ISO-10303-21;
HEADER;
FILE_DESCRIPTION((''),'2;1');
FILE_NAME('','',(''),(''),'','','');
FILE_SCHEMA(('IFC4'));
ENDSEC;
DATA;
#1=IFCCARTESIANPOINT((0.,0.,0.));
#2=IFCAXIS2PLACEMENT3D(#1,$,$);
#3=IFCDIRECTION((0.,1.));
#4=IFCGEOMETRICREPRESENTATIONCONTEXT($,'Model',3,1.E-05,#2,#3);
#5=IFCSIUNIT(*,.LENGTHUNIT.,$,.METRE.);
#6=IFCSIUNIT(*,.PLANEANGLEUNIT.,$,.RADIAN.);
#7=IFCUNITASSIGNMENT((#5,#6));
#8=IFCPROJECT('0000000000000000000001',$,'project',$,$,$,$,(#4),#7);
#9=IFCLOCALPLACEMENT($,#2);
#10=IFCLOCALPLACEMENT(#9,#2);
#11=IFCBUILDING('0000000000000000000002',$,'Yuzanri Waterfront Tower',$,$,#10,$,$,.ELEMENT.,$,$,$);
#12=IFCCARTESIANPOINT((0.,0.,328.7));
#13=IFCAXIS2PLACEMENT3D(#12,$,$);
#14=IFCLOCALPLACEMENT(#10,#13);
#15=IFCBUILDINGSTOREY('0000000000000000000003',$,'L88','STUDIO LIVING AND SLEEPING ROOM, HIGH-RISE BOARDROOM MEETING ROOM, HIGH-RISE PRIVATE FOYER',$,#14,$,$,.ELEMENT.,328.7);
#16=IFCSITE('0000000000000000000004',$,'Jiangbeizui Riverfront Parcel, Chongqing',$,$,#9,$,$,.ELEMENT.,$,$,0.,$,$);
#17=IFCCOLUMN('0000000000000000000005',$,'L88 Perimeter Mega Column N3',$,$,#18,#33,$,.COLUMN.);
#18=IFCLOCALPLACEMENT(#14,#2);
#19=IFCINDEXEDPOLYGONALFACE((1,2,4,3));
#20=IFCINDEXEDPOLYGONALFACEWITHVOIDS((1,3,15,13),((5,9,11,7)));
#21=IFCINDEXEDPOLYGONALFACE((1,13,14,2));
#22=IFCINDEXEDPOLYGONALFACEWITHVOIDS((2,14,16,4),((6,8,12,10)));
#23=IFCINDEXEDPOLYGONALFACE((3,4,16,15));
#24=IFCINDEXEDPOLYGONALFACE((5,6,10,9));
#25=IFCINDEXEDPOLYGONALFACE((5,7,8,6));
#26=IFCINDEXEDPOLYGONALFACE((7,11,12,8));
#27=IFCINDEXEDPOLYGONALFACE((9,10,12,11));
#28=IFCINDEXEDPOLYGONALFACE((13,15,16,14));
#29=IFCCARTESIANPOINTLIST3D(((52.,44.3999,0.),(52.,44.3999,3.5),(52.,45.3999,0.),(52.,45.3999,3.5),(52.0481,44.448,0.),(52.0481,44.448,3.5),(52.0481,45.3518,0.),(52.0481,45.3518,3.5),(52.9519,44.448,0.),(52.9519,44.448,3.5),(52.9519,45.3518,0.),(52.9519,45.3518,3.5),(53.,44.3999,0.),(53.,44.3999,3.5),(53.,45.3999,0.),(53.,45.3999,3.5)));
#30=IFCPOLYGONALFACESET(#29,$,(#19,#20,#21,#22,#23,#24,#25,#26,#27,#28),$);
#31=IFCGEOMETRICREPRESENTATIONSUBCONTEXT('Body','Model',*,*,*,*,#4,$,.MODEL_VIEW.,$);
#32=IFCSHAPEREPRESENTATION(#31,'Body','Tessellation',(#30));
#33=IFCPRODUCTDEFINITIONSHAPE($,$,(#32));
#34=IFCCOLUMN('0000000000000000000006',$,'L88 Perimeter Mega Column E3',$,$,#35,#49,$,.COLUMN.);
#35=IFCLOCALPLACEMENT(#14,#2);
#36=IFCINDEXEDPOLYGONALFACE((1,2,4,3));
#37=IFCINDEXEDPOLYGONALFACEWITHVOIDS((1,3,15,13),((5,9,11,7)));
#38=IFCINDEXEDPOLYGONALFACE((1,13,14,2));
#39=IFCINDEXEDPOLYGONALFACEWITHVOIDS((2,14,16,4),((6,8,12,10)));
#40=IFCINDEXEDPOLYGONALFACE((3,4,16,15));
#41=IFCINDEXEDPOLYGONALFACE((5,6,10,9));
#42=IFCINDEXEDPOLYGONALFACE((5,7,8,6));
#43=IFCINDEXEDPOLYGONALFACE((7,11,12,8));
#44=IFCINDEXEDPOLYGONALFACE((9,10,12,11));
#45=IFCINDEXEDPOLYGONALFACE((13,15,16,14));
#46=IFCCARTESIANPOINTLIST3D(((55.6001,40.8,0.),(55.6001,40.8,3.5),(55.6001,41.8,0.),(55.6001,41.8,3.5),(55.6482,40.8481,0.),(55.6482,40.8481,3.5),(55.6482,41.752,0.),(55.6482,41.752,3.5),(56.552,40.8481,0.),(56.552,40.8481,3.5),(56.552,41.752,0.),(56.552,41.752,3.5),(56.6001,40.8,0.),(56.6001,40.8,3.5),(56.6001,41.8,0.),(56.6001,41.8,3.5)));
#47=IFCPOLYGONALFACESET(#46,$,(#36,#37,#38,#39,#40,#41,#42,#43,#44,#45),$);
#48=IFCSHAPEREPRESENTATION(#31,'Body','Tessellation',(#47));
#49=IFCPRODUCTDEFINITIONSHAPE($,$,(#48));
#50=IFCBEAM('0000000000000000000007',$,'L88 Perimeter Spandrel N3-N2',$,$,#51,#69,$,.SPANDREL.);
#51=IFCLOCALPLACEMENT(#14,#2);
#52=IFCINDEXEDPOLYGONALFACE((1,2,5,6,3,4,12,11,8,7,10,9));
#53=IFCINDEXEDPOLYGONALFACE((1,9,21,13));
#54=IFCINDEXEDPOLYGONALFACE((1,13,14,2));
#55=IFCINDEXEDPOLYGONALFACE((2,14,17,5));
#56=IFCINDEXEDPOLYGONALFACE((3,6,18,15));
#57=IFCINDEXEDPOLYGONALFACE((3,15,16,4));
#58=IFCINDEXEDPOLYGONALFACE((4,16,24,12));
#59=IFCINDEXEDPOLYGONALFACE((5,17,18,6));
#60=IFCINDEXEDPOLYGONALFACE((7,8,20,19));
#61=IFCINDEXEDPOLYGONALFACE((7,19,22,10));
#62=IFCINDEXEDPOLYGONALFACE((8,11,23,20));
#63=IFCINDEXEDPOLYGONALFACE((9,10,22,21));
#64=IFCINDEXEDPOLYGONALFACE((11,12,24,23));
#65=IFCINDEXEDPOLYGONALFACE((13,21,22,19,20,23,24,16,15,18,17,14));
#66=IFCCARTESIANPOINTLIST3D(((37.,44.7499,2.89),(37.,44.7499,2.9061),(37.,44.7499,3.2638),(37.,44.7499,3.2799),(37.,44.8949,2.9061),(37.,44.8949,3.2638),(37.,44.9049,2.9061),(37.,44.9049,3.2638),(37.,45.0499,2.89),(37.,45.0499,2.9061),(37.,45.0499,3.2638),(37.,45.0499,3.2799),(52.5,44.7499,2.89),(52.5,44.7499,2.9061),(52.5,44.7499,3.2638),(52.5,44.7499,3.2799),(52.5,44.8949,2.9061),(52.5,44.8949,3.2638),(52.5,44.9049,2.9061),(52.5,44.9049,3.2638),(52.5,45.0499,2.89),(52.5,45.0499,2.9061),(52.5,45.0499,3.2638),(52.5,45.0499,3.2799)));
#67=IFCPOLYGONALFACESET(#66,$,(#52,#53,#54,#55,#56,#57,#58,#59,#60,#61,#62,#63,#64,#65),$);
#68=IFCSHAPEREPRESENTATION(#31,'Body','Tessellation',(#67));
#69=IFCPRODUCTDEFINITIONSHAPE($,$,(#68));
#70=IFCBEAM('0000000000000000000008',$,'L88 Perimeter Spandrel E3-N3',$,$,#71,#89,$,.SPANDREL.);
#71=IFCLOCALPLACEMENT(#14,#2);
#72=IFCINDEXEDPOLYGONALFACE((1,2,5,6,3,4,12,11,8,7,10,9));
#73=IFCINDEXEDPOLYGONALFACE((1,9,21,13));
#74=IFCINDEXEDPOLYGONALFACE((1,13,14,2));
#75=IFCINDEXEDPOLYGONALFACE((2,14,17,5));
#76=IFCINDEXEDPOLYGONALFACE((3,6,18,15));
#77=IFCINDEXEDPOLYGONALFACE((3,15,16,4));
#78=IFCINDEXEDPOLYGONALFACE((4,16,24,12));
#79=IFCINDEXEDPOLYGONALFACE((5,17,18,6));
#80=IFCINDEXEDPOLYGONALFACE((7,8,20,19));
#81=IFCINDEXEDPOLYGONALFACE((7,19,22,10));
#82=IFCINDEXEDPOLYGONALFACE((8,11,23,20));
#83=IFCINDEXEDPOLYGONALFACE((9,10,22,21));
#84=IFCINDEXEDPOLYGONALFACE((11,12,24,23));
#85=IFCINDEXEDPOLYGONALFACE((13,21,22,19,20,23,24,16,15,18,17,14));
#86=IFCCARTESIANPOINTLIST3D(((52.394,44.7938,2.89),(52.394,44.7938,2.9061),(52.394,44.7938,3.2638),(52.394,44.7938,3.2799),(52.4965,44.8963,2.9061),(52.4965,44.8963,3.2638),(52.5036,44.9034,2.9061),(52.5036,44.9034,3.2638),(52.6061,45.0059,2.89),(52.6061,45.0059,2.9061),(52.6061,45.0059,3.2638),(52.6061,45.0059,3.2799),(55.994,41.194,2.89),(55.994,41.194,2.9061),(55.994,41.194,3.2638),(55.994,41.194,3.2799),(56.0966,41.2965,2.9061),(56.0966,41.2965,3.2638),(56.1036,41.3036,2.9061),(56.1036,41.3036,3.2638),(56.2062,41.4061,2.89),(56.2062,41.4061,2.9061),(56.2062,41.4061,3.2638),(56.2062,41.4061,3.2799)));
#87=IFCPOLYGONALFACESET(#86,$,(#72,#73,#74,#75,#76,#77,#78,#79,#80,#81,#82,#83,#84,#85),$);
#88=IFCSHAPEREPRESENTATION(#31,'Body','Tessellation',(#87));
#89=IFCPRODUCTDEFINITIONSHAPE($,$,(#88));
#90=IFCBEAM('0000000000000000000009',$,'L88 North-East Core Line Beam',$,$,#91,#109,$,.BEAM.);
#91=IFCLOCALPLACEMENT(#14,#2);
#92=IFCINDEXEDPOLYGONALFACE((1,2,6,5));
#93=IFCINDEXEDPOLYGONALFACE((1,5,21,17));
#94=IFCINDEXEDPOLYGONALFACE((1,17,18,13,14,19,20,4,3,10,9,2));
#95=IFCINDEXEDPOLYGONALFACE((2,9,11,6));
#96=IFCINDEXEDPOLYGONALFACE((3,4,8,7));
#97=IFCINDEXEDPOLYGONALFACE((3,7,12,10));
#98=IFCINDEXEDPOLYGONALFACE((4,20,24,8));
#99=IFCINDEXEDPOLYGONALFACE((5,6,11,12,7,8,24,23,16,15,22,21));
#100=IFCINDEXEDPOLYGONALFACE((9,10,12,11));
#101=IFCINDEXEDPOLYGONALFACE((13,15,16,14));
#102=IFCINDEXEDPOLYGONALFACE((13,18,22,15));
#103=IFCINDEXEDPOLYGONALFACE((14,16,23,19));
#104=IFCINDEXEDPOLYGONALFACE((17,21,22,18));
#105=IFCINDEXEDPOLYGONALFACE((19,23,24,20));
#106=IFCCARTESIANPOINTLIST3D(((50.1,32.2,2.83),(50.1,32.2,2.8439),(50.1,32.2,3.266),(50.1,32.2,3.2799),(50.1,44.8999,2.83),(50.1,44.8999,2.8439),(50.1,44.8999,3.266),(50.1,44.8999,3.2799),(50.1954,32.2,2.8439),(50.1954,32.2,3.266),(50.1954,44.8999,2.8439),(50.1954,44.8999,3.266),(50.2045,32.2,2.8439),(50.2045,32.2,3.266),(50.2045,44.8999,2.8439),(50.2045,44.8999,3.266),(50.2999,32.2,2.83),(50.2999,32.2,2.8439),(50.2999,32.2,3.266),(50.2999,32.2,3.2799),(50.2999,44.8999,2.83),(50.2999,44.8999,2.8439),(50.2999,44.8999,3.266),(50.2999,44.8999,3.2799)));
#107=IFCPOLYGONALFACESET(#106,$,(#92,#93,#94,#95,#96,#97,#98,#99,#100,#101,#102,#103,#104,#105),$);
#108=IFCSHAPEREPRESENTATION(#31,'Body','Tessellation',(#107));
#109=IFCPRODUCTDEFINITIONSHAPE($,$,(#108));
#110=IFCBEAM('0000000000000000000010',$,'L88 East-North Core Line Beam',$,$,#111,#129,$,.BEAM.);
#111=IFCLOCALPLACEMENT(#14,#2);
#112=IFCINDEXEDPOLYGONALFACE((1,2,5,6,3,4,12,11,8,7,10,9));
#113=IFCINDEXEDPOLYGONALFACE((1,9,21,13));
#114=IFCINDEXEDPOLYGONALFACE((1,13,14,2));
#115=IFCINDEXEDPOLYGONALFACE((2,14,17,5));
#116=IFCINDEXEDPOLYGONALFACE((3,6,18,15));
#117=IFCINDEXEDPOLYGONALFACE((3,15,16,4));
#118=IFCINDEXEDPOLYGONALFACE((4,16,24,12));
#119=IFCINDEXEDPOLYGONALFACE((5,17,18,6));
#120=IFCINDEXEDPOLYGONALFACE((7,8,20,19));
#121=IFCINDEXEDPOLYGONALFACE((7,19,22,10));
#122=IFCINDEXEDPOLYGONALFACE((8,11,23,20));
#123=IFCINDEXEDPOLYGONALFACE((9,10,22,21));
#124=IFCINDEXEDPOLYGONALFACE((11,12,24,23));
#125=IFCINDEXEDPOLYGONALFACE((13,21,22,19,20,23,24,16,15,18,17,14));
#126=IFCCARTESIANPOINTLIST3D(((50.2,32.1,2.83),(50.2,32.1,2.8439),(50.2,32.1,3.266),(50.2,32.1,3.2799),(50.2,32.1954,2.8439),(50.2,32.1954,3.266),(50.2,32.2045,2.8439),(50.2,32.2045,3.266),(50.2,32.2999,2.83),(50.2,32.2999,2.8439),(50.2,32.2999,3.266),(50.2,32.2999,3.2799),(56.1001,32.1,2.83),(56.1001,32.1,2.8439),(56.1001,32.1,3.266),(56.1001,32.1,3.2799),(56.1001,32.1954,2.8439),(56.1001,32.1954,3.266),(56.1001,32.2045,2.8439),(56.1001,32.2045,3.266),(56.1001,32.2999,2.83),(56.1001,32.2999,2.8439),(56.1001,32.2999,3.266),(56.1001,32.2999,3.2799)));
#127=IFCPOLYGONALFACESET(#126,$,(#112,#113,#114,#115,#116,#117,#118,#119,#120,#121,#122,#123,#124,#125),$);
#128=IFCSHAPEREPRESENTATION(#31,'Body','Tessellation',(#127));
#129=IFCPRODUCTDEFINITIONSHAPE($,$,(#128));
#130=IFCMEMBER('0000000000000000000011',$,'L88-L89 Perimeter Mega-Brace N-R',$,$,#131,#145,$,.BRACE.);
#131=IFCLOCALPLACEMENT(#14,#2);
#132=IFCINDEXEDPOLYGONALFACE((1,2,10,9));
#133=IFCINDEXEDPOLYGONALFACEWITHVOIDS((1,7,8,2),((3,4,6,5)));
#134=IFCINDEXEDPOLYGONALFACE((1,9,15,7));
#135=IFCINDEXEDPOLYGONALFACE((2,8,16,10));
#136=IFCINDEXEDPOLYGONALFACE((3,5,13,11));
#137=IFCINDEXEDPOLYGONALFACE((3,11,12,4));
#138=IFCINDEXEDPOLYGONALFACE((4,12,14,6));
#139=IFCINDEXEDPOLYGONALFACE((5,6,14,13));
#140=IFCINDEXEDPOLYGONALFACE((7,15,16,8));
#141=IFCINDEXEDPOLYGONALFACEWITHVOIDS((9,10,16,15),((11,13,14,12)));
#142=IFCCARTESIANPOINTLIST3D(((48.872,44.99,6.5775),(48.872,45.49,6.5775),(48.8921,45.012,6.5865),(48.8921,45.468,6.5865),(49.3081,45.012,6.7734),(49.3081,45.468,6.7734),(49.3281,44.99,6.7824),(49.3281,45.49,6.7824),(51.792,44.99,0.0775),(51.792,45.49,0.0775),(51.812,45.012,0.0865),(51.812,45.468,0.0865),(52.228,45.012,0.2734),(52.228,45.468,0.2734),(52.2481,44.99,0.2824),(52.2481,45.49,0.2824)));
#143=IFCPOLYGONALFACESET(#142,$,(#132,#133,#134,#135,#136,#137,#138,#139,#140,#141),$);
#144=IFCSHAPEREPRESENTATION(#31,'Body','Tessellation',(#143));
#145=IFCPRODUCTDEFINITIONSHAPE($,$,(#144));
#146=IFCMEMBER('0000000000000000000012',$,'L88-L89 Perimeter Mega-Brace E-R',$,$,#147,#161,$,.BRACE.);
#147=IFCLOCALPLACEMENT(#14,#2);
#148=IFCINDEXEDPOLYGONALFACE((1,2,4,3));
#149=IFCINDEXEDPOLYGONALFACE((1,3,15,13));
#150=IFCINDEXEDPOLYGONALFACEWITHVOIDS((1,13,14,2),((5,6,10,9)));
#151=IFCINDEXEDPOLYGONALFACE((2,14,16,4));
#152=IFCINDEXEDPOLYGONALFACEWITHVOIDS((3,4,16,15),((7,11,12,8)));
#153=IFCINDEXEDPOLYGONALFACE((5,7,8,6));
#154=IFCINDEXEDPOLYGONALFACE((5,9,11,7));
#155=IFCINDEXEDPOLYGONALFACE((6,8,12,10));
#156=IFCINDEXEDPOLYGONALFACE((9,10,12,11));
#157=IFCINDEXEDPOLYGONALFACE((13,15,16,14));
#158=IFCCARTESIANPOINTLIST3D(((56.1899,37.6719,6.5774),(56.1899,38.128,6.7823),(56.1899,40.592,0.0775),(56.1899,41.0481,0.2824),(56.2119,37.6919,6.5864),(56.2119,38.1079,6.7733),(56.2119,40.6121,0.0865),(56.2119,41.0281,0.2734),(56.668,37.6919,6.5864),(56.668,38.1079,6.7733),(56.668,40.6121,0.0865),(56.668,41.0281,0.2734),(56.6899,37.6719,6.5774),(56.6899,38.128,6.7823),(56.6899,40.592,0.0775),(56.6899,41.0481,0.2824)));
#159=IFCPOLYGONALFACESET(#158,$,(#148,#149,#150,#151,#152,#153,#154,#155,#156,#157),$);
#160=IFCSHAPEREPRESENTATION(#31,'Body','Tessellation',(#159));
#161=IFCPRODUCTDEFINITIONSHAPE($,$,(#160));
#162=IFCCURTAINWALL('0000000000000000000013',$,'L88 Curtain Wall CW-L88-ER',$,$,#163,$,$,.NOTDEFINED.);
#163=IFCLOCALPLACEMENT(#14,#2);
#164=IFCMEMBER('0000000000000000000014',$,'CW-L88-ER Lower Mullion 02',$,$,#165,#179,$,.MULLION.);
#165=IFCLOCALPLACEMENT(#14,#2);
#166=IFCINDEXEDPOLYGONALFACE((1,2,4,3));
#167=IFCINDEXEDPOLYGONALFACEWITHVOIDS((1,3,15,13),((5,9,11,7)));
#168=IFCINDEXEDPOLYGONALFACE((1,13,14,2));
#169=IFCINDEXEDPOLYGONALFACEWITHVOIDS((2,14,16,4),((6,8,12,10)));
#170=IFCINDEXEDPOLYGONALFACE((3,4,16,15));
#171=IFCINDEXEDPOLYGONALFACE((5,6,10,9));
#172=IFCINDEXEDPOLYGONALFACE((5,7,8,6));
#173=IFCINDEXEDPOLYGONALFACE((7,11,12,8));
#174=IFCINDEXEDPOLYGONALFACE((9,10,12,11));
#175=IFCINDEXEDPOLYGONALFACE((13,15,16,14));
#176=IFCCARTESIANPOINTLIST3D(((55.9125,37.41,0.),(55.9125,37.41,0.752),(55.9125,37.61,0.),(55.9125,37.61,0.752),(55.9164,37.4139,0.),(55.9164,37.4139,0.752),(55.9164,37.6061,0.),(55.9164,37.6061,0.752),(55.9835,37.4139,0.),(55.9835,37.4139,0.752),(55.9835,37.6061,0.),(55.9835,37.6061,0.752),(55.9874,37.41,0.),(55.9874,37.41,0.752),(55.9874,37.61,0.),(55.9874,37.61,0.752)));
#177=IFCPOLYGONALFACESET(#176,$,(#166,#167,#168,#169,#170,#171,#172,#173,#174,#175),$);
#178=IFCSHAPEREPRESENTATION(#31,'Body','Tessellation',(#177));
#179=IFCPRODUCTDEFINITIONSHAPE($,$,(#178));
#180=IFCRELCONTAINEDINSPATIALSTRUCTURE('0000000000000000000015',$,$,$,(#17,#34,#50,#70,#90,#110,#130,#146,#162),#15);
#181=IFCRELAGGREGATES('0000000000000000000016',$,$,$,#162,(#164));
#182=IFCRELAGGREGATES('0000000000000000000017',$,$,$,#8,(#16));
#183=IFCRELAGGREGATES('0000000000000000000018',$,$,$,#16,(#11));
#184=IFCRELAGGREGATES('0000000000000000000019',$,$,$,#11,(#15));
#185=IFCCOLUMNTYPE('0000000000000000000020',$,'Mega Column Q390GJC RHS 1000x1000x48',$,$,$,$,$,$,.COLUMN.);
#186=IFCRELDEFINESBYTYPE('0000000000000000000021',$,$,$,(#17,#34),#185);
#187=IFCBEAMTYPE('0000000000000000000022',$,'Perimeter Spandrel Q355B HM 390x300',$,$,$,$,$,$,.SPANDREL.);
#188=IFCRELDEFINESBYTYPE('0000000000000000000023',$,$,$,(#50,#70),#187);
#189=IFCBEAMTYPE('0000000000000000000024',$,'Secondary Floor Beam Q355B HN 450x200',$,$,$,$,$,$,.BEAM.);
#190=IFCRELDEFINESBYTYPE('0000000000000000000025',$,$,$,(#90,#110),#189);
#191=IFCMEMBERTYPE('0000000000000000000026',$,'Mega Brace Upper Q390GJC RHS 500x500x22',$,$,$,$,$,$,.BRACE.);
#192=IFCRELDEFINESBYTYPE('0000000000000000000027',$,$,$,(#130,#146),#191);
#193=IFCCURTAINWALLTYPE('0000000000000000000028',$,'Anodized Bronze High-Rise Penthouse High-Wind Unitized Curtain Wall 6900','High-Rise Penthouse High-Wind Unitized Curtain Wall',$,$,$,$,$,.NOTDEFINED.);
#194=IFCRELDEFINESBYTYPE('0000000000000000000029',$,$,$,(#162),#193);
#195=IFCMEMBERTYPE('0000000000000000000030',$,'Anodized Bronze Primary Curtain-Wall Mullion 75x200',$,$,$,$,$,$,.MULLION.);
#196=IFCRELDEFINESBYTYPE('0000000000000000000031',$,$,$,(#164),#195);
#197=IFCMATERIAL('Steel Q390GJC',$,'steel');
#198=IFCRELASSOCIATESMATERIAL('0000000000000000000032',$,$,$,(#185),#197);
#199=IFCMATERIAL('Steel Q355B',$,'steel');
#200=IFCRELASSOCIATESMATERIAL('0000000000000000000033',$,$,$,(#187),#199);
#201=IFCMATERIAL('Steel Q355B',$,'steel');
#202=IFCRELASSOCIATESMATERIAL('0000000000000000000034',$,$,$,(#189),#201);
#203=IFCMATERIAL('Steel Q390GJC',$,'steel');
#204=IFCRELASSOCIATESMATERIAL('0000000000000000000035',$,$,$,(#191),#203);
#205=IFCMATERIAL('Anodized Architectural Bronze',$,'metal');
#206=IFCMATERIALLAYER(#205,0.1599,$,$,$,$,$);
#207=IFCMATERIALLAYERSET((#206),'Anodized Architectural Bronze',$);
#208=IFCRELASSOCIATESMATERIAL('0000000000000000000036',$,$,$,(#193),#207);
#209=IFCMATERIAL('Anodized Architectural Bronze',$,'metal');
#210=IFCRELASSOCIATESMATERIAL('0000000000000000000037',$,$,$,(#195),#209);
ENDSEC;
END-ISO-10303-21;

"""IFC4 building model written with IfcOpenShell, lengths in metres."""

from ifc_helpers import new_model, si_unit, direction, frame, origin, origin_2d, place, context, subcontext, project, spatial, hollow_rectangle, i_section, extrude, source, transform, mapped, material, layer, layer_set, material_profile, profile_set, type_object, element, aggregate, save


model = new_model("IFC4")

# Units and contexts
model_context = context("Model", 3, precision=1e-05, world=origin(), true_north=direction((0.0, 1.0)))
body_context = subcontext(model_context, "Body", "Model", "MODEL_VIEW")
ifc_project = project(units=[si_unit("LENGTHUNIT", "METRE"), si_unit("PLANEANGLEUNIT", "RADIAN")], contexts=[model_context])

# Site, building, storey
site_placement = place(None, origin())
site = spatial("IfcSite", under=ifc_project, at=site_placement, Name="Jiangbeizui Riverfront Parcel, Chongqing", CompositionType="ELEMENT", RefElevation=0.0)
building_placement = place(site_placement, origin())
building = spatial("IfcBuilding", under=site, at=building_placement, Name="Yuzanri Waterfront Tower", CompositionType="ELEMENT")
storey_placement = place(building_placement, frame((0.0, 0.0, 328.7)))
storey = spatial("IfcBuildingStorey", under=building, at=storey_placement, Name="L88", Description="STUDIO LIVING AND SLEEPING ROOM, HIGH-RISE BOARDROOM MEETING ROOM, HIGH-RISE PRIVATE FOYER", CompositionType="ELEMENT", Elevation=328.7)

# Columns
ifc_material_1 = material(Name="Steel Q390GJC", Category="steel")
ifc_material_profile_1 = material_profile(ifc_material_1, hollow_rectangle(XDim=1.0, YDim=1.0, WallThickness=0.0481, at=origin_2d()), Name="RHS 1000x1000x48")
ifc_profile_set_1 = profile_set([ifc_material_profile_1], Name="Steel Q390GJC")
column_type = type_object("IfcColumnType", Name="Mega Column Q390GJC RHS 1000x1000x48", PredefinedType="COLUMN", material=ifc_profile_set_1)
shared_shape_1 = source(origin(), body_context, "Body", "SweptSolid", [
    extrude(hollow_rectangle(XDim=1.0, YDim=1.0, WallThickness=0.0481, at=origin_2d()), origin(), (0.0, 0.0, 1.0), 3.5),
])
for number, where, z_axis, x_axis, name in (
    (1, (52.5, 44.8999, 0.0), (0.0, 0.0, 1.0), (1.0, 0.0, 0.0), "L88 Perimeter Mega Column N3"),
    (2, (56.1001, 41.3, 0.0), (0.0, 0.0, 1.0), (1.0, 0.0, 0.0), "L88 Perimeter Mega Column E3"),
):
    element("IfcColumn", number, at=place(storey_placement, frame(where, z_axis=z_axis, x_axis=x_axis)), inside=storey, type_object=column_type, Name=name, PredefinedType="COLUMN", context=body_context, shape_type="MappedRepresentation", body=[
        mapped(shared_shape_1, transform((0.0, 0.0, 0.0), scale=1.0)),
    ])

# Beams
ifc_material_2 = material(Name="Steel Q355B", Category="steel")
ifc_material_profile_2 = material_profile(ifc_material_2, i_section(OverallWidth=0.3, OverallDepth=0.3899, WebThickness=0.01, FlangeThickness=0.0161, at=origin_2d()), Name="HM 390x300x10x16")
ifc_profile_set_2 = profile_set([ifc_material_profile_2], Name="Steel Q355B")
beam_type_1 = type_object("IfcBeamType", Name="Perimeter Spandrel Q355B HM 390x300", PredefinedType="SPANDREL", material=ifc_profile_set_2)
shared_shape_2 = source(origin(), body_context, "Body", "SweptSolid", [
    extrude(i_section(OverallWidth=0.3, OverallDepth=0.3899, WebThickness=0.01, FlangeThickness=0.0161, at=origin_2d()), origin(), (0.0, 0.0, 1.0), 15.5),
])
beam_1_placement = place(storey_placement, frame((52.5, 44.8999, 3.085), z_axis=(-1.0, 0.0, 0.0), x_axis=(0.0, -1.0, 0.0)))
element("IfcBeam", 3, at=beam_1_placement, inside=storey, type_object=beam_type_1, Name="L88 Perimeter Spandrel N3-N2", PredefinedType="SPANDREL", context=body_context, shape_type="MappedRepresentation", body=[
    mapped(shared_shape_2, transform((0.0, 0.0, 0.0), scale=1.0)),
])
shared_shape_3 = source(origin(), body_context, "Body", "SweptSolid", [
    extrude(i_section(OverallWidth=0.3, OverallDepth=0.3899, WebThickness=0.01, FlangeThickness=0.0161, at=origin_2d()), origin(), (0.0, 0.0, 1.0), 5.0911),
])
beam_2_placement = place(storey_placement, frame((56.1001, 41.3, 3.085), z_axis=(-0.707131, 0.707083, 0.0), x_axis=(-0.707083, -0.707131, 0.0)))
element("IfcBeam", 4, at=beam_2_placement, inside=storey, type_object=beam_type_1, Name="L88 Perimeter Spandrel E3-N3", PredefinedType="SPANDREL", context=body_context, shape_type="MappedRepresentation", body=[
    mapped(shared_shape_3, transform((0.0, 0.0, 0.0), scale=1.0)),
])
ifc_material_3 = material(Name="Steel Q355B", Category="steel")
ifc_material_profile_3 = material_profile(ifc_material_3, i_section(OverallWidth=0.2, OverallDepth=0.45, WebThickness=0.009, FlangeThickness=0.0139, at=origin_2d()), Name="HN 450x200x9x14")
ifc_profile_set_3 = profile_set([ifc_material_profile_3], Name="Steel Q355B")
beam_type_2 = type_object("IfcBeamType", Name="Secondary Floor Beam Q355B HN 450x200", PredefinedType="BEAM", material=ifc_profile_set_3)
shared_shape_4 = source(origin(), body_context, "Body", "SweptSolid", [
    extrude(i_section(OverallWidth=0.2, OverallDepth=0.45, WebThickness=0.009, FlangeThickness=0.0139, at=origin_2d()), origin(), (0.0, 0.0, 1.0), 12.7),
])
beam_3_placement = place(storey_placement, frame((50.2, 32.2, 3.0549), z_axis=(0.0, 1.0, 0.0), x_axis=(-1.0, 0.0, 0.0)))
element("IfcBeam", 5, at=beam_3_placement, inside=storey, type_object=beam_type_2, Name="L88 North-East Core Line Beam", PredefinedType="BEAM", context=body_context, shape_type="MappedRepresentation", body=[
    mapped(shared_shape_4, transform((0.0, 0.0, 0.0), scale=1.0)),
])
shared_shape_5 = source(origin(), body_context, "Body", "SweptSolid", [
    extrude(i_section(OverallWidth=0.2, OverallDepth=0.45, WebThickness=0.009, FlangeThickness=0.0139, at=origin_2d()), origin(), (0.0, 0.0, 1.0), 5.9001),
])
beam_4_placement = place(storey_placement, frame((50.2, 32.2, 3.0549), z_axis=(1.0, 0.0, 0.0), x_axis=(0.0, 1.0, 0.0)))
element("IfcBeam", 6, at=beam_4_placement, inside=storey, type_object=beam_type_2, Name="L88 East-North Core Line Beam", PredefinedType="BEAM", context=body_context, shape_type="MappedRepresentation", body=[
    mapped(shared_shape_5, transform((0.0, 0.0, 0.0), scale=1.0)),
])

# Members
ifc_material_4 = material(Name="Steel Q390GJC", Category="steel")
ifc_material_profile_4 = material_profile(ifc_material_4, hollow_rectangle(XDim=0.5, YDim=0.5, WallThickness=0.022, at=origin_2d()), Name="RHS 500x500x22")
ifc_profile_set_4 = profile_set([ifc_material_profile_4], Name="Steel Q390GJC")
member_type_1 = type_object("IfcMemberType", Name="Mega Brace Upper Q390GJC RHS 500x500x22", PredefinedType="BRACE", material=ifc_profile_set_4)
shared_shape_6 = source(origin(), body_context, "Body", "SweptSolid", [
    extrude(hollow_rectangle(XDim=0.5, YDim=0.5, WallThickness=0.022, at=origin_2d()), origin(), (0.0, 0.0, 1.0), 7.1257),
])
for number, where, z_axis, x_axis, name in (
    (7, (52.02, 45.24, 0.1799), (-0.409772, 0.0, 0.912188), (0.0, -1.0, 0.0), "L88-L89 Perimeter Mega-Brace N-R"),
    (8, (56.4399, 40.8201, 0.1799), (0.0, -0.4098, 0.912175), (1.0, 0.0, 0.0), "L88-L89 Perimeter Mega-Brace E-R"),
):
    element("IfcMember", number, at=place(storey_placement, frame(where, z_axis=z_axis, x_axis=x_axis)), inside=storey, type_object=member_type_1, Name=name, PredefinedType="BRACE", context=body_context, shape_type="MappedRepresentation", body=[
        mapped(shared_shape_6, transform((0.0, 0.0, 0.0), scale=1.0)),
    ])

# Curtain wall, member
ifc_material_5 = material(Name="Anodized Architectural Bronze", Category="metal")
ifc_layer_1 = layer(ifc_material_5, 0.1599)
ifc_layer_set_1 = layer_set([ifc_layer_1], Name="Anodized Architectural Bronze")
curtain_wall_type = type_object("IfcCurtainWallType", Name="Anodized Bronze High-Rise Penthouse High-Wind Unitized Curtain Wall 6900", Description="High-Rise Penthouse High-Wind Unitized Curtain Wall", PredefinedType="NOTDEFINED", material=ifc_layer_set_1)
curtain_wall_placement = place(storey_placement, origin())
curtain_wall = element("IfcCurtainWall", 9, at=curtain_wall_placement, inside=storey, type_object=curtain_wall_type, Name="L88 Curtain Wall CW-L88-ER", PredefinedType="NOTDEFINED")
ifc_material_6 = material(Name="Anodized Architectural Bronze", Category="metal")
ifc_material_profile_5 = material_profile(ifc_material_6, hollow_rectangle(XDim=0.075, YDim=0.2, WallThickness=0.0039, at=origin_2d()), Name="CWM 75x200")
ifc_profile_set_5 = profile_set([ifc_material_profile_5], Name="Anodized Architectural Bronze")
member_type_2 = type_object("IfcMemberType", Name="Anodized Bronze Primary Curtain-Wall Mullion 75x200", PredefinedType="MULLION", material=ifc_profile_set_5)
shared_shape_7 = source(origin(), body_context, "Body", "SweptSolid", [
    extrude(hollow_rectangle(XDim=0.075, YDim=0.2, WallThickness=0.0039, at=origin_2d()), origin(), (0.0, 0.0, 1.0), 0.752),
])
member_1_placement = place(storey_placement, frame((55.95, 37.51, 0.0), z_axis=(0.0, 0.0, 1.0), x_axis=(1.0, 0.0, 0.0)))
member_1 = element("IfcMember", 10, at=member_1_placement, type_object=member_type_2, Name="CW-L88-ER Lower Mullion 02", PredefinedType="MULLION", context=body_context, shape_type="MappedRepresentation", body=[
    mapped(shared_shape_7, transform((0.0, 0.0, 0.0), scale=1.0)),
])

aggregate(curtain_wall, [member_1])

save(model, "model.ifc")
